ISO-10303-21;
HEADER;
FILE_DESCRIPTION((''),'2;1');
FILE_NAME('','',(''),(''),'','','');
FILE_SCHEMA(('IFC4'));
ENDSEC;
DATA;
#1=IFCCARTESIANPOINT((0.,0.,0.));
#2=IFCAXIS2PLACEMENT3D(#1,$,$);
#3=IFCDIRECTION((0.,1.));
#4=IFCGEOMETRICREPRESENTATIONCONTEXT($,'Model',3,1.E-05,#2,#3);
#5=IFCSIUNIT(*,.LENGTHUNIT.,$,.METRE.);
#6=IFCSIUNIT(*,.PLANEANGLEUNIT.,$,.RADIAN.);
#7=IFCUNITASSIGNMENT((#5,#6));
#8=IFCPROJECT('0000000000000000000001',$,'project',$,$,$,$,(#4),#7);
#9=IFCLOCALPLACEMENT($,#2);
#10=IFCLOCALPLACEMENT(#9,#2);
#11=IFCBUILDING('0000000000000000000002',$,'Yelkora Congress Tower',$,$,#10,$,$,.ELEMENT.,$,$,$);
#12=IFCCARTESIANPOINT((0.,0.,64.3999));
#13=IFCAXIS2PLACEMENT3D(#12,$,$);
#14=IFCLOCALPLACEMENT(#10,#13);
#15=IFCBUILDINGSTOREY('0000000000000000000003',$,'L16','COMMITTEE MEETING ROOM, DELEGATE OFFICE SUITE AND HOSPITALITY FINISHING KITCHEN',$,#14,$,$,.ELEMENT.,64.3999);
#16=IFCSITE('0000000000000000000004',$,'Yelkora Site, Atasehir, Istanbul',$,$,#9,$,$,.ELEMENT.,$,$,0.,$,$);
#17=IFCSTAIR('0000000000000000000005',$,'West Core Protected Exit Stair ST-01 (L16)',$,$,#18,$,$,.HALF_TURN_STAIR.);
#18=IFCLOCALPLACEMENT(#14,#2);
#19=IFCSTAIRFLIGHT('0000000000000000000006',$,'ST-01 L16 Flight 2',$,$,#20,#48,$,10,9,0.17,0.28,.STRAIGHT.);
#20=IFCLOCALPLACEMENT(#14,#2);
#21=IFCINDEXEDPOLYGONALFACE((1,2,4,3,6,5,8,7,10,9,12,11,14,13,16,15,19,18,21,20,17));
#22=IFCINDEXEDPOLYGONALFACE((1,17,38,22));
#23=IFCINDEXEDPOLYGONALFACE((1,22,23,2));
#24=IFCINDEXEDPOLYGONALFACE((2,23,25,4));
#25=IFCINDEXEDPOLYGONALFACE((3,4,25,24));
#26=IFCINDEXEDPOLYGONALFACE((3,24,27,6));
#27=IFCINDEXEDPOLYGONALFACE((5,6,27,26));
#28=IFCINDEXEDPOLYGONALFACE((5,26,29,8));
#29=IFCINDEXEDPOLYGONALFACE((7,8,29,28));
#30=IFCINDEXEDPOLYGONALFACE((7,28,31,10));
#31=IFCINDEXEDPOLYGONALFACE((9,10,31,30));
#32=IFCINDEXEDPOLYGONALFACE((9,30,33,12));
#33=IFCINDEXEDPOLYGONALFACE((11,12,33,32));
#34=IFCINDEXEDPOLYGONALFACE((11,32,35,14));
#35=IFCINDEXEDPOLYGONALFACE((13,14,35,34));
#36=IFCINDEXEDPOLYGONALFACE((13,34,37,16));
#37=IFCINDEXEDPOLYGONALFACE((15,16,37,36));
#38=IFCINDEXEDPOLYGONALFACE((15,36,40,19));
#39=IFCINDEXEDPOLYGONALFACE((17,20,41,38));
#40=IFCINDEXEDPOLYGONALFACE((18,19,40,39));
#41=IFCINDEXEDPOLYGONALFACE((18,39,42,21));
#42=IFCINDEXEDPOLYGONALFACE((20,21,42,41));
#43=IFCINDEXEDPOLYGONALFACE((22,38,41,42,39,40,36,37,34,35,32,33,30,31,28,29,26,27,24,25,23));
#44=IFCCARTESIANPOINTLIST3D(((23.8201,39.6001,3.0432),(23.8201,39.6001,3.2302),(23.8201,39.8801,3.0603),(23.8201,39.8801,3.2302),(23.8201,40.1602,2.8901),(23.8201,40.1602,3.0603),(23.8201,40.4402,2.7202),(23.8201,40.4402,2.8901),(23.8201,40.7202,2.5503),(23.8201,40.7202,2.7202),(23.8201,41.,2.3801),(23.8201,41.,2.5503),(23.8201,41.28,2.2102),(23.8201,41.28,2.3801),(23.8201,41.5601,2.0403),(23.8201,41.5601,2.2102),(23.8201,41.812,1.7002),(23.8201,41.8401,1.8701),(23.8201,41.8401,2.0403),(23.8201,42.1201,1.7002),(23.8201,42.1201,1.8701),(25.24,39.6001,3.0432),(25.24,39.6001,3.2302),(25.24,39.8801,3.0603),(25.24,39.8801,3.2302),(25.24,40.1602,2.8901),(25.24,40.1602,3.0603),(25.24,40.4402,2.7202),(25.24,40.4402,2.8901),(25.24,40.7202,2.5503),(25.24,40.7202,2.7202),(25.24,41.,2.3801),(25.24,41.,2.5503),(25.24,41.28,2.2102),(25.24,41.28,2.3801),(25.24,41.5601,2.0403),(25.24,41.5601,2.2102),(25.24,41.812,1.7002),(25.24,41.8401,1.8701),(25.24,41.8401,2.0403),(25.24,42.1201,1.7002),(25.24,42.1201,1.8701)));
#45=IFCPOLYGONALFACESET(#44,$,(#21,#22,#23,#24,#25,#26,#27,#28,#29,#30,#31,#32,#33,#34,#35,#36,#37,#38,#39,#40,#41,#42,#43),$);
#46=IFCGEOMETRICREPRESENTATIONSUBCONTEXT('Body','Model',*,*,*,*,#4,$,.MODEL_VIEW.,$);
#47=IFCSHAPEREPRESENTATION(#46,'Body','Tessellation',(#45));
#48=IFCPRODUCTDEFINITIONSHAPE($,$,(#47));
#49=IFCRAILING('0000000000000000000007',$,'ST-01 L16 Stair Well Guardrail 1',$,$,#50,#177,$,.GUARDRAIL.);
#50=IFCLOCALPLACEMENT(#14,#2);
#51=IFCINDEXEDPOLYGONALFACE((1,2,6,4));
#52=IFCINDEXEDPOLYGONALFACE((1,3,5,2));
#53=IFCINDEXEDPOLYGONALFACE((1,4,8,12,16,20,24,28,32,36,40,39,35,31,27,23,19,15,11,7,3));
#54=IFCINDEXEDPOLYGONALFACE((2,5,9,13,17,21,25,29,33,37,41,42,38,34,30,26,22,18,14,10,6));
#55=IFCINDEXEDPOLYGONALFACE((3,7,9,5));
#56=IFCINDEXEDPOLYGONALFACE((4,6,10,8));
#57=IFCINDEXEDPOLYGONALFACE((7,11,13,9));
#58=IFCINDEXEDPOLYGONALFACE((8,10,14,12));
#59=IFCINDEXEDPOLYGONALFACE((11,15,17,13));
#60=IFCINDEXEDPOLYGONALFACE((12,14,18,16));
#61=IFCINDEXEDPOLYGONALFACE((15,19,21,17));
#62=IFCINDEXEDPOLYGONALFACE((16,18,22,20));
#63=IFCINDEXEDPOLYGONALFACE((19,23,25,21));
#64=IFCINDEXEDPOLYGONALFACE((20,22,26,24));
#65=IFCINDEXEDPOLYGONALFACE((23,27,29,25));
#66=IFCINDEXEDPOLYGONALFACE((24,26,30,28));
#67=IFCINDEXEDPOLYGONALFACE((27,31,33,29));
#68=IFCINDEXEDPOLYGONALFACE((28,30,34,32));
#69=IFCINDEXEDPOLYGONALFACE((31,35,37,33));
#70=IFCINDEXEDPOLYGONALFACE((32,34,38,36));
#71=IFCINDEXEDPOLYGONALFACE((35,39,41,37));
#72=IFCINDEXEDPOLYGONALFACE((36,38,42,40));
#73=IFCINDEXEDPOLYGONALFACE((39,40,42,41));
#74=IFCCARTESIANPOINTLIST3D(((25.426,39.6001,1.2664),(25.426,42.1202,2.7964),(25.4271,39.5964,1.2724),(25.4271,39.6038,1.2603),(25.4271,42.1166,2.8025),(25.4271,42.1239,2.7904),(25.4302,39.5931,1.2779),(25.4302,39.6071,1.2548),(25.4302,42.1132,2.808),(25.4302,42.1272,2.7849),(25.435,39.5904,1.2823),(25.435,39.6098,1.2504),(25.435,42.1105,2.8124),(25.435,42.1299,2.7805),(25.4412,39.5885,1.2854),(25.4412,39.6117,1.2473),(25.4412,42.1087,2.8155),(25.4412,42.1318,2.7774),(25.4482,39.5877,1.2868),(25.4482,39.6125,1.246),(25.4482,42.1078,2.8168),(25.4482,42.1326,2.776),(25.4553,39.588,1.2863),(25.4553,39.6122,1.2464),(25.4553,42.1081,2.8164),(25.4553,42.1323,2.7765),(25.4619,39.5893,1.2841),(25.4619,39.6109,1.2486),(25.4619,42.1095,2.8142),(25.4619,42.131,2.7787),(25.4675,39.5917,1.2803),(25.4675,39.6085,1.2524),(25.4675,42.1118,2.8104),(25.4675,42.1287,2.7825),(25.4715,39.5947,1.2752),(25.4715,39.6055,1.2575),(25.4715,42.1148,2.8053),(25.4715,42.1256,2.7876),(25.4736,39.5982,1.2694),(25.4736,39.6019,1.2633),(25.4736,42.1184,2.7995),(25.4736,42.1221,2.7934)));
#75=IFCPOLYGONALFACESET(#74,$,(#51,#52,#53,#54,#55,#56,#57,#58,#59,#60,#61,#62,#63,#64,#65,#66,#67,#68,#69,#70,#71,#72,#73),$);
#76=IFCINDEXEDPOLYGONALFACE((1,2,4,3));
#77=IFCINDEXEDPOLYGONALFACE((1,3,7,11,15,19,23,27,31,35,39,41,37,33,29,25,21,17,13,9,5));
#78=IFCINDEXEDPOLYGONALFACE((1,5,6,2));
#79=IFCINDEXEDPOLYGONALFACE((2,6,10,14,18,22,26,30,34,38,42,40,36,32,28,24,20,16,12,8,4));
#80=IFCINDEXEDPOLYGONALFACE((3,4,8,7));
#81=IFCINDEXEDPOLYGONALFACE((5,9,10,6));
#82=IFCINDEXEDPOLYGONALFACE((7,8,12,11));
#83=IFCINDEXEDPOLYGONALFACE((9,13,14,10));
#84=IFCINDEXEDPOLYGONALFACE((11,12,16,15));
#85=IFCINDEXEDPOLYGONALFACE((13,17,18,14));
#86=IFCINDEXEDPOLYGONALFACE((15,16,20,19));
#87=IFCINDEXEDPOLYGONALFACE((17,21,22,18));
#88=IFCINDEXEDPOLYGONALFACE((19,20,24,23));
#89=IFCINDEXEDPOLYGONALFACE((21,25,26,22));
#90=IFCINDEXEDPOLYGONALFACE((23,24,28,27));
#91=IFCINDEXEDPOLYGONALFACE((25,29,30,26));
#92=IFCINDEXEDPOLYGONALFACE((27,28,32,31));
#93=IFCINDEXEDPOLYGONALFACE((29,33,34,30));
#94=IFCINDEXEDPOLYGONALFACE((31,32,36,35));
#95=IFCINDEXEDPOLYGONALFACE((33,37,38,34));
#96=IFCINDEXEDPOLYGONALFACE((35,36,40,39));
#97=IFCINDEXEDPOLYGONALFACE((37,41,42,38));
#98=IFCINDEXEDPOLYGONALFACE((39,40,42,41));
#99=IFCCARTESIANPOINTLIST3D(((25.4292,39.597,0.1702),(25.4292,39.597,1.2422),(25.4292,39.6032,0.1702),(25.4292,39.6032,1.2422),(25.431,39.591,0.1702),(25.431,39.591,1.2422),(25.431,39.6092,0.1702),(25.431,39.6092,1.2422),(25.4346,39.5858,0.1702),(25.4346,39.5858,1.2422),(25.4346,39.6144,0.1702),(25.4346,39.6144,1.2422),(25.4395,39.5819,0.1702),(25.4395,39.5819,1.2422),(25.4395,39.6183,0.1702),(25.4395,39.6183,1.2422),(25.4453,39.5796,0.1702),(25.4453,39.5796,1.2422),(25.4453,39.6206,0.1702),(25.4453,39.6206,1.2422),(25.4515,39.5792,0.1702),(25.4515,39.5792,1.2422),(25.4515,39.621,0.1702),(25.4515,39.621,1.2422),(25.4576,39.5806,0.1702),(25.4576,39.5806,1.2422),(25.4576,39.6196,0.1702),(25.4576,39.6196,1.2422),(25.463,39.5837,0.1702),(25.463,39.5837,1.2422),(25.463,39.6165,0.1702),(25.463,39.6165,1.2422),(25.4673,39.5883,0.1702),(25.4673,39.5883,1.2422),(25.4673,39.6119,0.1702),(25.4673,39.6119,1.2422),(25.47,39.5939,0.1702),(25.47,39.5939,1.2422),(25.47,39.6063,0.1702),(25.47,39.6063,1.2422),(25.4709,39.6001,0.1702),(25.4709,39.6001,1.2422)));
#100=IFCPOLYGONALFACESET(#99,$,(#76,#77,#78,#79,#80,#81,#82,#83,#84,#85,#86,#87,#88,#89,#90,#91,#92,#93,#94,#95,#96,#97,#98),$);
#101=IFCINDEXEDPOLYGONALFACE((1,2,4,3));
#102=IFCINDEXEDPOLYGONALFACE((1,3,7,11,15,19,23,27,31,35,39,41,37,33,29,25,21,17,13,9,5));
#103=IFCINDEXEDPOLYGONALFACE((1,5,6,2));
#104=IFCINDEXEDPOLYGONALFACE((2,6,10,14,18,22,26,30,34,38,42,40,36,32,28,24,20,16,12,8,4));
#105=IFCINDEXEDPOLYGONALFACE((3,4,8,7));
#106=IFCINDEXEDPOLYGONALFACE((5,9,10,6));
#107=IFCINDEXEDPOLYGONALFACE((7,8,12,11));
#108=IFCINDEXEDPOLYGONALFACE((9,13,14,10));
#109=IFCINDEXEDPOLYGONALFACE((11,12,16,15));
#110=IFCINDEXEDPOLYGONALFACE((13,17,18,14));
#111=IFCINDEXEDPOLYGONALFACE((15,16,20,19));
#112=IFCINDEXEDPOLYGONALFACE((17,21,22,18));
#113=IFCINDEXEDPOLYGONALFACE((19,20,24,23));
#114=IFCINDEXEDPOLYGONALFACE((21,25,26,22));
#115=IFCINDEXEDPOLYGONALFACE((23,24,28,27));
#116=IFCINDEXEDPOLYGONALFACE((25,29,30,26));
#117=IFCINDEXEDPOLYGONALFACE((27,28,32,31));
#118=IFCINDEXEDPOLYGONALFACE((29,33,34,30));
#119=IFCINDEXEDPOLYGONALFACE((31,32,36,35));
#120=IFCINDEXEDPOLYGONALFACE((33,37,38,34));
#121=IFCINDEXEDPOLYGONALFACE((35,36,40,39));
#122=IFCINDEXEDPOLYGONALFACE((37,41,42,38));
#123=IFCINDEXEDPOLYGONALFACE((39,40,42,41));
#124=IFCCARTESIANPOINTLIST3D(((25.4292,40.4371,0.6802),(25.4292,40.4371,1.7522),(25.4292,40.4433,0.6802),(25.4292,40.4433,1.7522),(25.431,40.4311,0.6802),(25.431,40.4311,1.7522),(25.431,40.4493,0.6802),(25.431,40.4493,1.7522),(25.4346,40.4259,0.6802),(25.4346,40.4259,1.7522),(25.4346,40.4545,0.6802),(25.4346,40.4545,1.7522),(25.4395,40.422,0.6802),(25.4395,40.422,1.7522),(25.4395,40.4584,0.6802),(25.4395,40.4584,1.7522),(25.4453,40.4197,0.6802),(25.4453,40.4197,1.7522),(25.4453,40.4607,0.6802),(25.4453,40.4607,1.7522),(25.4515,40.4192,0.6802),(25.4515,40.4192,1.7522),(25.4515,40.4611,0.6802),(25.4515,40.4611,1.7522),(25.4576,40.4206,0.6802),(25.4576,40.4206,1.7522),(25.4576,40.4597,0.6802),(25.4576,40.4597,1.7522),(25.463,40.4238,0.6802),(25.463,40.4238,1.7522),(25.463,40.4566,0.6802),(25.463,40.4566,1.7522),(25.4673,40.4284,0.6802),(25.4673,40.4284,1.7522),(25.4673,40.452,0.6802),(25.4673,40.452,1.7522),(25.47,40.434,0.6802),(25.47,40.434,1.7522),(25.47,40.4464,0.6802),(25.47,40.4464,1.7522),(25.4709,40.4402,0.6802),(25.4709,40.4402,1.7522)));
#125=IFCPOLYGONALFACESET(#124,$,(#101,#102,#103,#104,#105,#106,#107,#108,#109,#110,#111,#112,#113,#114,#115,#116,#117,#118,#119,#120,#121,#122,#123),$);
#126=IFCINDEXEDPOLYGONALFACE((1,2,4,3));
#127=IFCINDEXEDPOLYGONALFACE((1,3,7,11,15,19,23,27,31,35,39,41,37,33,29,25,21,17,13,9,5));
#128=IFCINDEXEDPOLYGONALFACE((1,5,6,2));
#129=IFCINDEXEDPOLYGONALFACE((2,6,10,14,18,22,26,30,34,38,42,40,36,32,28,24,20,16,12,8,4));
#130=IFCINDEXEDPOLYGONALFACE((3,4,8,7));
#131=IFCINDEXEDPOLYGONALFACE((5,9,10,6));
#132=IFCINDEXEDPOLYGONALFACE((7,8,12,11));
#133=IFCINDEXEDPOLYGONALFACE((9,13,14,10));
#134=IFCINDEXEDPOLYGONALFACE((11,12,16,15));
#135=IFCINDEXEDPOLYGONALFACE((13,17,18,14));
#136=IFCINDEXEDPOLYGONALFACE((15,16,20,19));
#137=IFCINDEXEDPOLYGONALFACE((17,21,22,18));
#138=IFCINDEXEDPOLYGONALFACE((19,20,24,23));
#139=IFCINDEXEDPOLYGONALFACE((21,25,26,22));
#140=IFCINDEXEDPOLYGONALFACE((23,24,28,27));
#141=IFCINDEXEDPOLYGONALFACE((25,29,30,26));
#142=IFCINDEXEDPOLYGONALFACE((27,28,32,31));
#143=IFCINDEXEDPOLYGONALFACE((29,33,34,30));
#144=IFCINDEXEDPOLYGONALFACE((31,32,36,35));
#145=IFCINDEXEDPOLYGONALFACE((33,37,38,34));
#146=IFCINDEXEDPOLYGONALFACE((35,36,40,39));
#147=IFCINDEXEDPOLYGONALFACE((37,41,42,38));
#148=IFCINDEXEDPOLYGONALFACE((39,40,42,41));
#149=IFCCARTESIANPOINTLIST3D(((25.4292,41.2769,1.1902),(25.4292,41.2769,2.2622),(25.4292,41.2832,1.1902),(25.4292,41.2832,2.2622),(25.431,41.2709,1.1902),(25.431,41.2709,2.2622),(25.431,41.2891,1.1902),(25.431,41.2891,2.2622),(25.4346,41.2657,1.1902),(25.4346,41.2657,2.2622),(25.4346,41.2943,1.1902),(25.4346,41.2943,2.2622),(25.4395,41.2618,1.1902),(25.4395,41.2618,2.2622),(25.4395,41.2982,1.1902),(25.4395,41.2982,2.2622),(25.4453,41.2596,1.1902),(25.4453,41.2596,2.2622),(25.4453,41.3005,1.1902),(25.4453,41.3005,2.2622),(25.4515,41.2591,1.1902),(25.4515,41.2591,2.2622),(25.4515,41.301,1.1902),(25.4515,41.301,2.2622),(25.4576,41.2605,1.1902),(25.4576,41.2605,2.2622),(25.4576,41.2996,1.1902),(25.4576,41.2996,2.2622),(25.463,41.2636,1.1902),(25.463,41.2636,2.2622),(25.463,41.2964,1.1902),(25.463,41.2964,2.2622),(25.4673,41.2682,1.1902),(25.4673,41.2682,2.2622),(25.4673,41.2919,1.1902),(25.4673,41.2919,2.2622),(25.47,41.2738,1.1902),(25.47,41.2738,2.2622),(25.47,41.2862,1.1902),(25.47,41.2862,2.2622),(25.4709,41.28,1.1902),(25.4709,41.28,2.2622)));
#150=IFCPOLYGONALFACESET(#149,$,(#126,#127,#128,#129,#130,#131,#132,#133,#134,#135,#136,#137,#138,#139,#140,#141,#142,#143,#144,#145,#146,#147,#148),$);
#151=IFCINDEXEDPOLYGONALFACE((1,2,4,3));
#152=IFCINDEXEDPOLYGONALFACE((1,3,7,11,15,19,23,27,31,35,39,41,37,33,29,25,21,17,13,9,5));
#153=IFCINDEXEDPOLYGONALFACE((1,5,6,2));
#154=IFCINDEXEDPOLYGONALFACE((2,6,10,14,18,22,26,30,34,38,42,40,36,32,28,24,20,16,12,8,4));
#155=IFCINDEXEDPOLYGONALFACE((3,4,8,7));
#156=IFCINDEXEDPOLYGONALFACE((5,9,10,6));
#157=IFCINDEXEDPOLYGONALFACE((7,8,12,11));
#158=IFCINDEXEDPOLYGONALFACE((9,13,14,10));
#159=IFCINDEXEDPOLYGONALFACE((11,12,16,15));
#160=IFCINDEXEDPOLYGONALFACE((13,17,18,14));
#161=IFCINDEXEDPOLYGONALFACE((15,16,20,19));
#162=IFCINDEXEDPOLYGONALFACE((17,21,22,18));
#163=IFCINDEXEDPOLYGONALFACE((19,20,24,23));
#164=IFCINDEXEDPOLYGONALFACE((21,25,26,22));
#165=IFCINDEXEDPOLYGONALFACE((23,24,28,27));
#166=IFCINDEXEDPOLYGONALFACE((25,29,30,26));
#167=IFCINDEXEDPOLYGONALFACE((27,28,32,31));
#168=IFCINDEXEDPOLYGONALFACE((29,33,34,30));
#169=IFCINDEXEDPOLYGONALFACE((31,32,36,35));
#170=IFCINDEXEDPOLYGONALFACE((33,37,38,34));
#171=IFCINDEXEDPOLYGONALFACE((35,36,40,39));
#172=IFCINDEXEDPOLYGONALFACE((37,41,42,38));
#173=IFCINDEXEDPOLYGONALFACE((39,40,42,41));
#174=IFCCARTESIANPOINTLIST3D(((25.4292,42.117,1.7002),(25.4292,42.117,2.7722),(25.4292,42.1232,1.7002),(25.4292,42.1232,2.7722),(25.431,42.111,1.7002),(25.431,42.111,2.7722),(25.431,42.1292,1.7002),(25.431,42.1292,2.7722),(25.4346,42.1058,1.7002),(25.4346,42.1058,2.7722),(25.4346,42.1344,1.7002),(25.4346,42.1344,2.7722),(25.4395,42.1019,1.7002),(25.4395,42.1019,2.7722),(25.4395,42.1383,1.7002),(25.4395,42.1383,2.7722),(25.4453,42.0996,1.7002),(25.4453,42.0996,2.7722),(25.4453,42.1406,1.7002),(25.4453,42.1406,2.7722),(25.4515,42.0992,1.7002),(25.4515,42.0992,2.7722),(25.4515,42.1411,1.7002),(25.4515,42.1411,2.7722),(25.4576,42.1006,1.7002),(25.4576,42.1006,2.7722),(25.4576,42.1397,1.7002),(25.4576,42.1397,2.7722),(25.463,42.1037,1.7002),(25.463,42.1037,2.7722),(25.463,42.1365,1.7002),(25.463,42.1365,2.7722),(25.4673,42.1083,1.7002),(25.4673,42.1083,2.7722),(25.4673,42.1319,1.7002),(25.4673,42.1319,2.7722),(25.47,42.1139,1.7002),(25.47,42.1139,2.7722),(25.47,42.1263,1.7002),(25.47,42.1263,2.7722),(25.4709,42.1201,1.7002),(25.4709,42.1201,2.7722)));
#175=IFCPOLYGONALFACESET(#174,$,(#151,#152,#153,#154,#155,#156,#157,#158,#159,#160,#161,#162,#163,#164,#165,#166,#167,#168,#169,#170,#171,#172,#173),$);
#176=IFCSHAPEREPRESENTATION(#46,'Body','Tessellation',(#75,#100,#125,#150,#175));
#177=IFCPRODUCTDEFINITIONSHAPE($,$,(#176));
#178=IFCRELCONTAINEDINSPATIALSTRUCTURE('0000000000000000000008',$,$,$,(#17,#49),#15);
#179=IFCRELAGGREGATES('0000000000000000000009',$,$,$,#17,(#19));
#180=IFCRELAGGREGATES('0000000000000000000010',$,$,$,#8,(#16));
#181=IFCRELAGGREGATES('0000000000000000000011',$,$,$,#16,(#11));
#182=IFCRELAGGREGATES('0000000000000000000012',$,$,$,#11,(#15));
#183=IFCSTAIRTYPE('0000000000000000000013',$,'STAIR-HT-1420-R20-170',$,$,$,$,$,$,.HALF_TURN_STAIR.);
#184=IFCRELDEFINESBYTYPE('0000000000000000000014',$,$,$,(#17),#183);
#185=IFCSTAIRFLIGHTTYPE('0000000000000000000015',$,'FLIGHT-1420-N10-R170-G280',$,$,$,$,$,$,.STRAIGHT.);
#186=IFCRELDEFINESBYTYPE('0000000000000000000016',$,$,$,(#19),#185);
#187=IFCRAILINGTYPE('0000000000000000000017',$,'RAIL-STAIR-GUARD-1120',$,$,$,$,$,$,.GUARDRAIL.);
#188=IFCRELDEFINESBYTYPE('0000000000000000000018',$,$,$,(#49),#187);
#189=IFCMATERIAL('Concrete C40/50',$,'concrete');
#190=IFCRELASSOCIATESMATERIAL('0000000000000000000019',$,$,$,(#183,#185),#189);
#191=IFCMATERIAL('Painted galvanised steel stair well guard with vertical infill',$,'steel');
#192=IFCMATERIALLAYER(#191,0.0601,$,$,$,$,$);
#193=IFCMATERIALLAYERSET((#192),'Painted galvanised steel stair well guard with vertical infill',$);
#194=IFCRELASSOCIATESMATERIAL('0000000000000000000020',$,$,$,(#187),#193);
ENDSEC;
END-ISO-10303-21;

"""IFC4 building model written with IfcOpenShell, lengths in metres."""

from ifc_helpers import new_model, si_unit, direction, frame, origin, origin_2d, place, context, subcontext, project, spatial, polyline, circle, outline, extrude, material, layer, layer_set, type_object, element, aggregate, save


model = new_model("IFC4")

# Units and contexts
model_context = context("Model", 3, precision=1e-05, world=origin(), true_north=direction((0.0, 1.0)))
body_context = subcontext(model_context, "Body", "Model", "MODEL_VIEW")
ifc_project = project(units=[si_unit("LENGTHUNIT", "METRE"), si_unit("PLANEANGLEUNIT", "RADIAN")], contexts=[model_context])

# Site, building, storey
site_placement = place(None, origin())
site = spatial("IfcSite", under=ifc_project, at=site_placement, Name="Yelkora Site, Atasehir, Istanbul", CompositionType="ELEMENT", RefElevation=0.0)
building_placement = place(site_placement, origin())
building = spatial("IfcBuilding", under=site, at=building_placement, Name="Yelkora Congress Tower", CompositionType="ELEMENT")
storey_placement = place(building_placement, frame((0.0, 0.0, 64.3999)))
storey = spatial("IfcBuildingStorey", under=building, at=storey_placement, Name="L16", Description="COMMITTEE MEETING ROOM, DELEGATE OFFICE SUITE AND HOSPITALITY FINISHING KITCHEN", CompositionType="ELEMENT", Elevation=64.3999)

# Stair, stair flight
ifc_material_1 = material(Name="Concrete C40/50", Category="concrete")
stair_type = type_object("IfcStairType", Name="STAIR-HT-1420-R20-170", PredefinedType="HALF_TURN_STAIR", material=ifc_material_1)
stair_placement = place(storey_placement, origin())
stair = element("IfcStair", 1, at=stair_placement, inside=storey, type_object=stair_type, Name="West Core Protected Exit Stair ST-01 (L16)", PredefinedType="HALF_TURN_STAIR")
stair_flight_type = type_object("IfcStairFlightType", Name="FLIGHT-1420-N10-R170-G280", PredefinedType="STRAIGHT", material=ifc_material_1)
stair_flight_1_placement = place(storey_placement, frame((24.53, 42.1201, 1.7002), z_axis=(0.0, 0.0, 1.0), x_axis=(0.0, -1.0, 0.0)))
stair_flight_1 = element("IfcStairFlight", 2, at=stair_flight_1_placement, type_object=stair_flight_type, Name="ST-01 L16 Flight 2", NumberOfRisers=10, NumberOfTreads=9, PredefinedType="STRAIGHT", RiserHeight=0.17, TreadLength=0.28, context=body_context, shape_type="SweptSolid", body=[
    extrude(outline(polyline([(0.0, 0.0), (0.0, 0.1699), (0.28, 0.1699), (0.28, 0.3401), (0.5601, 0.3401), (0.5601, 0.51), (0.8401, 0.51), (0.8401, 0.6799), (1.1201, 0.6799), (1.1201, 0.8501), (1.3999, 0.8501), (1.3999, 1.02), (1.6799, 1.02), (1.6799, 1.1899), (1.96, 1.1899), (1.96, 1.3601), (2.24, 1.3601), (2.24, 1.53), (2.52, 1.53), (2.52, 1.7), (2.52, 1.343), (0.3081, 0.0), (0.0, 0.0)])), frame((0.0, 0.71, 0.0), z_axis=(0.0, -1.0, 0.0), x_axis=(1.0, 0.0, 0.0)), (0.0, 0.0, 1.0), 1.4199),
])
aggregate(stair, [stair_flight_1])

# Railing
ifc_material_2 = material(Name="Painted galvanised steel stair well guard with vertical infill", Category="steel")
ifc_layer_1 = layer(ifc_material_2, 0.0601)
ifc_layer_set_1 = layer_set([ifc_layer_1], Name="Painted galvanised steel stair well guard with vertical infill")
railing_type_1 = type_object("IfcRailingType", Name="RAIL-STAIR-GUARD-1120", PredefinedType="GUARDRAIL", material=ifc_layer_set_1)
railing_1_placement = place(storey_placement, frame((25.45, 39.6001, 0.1702)))
element("IfcRailing", 3, at=railing_1_placement, inside=storey, type_object=railing_type_1, Name="ST-01 L16 Stair Well Guardrail 1", PredefinedType="GUARDRAIL", context=body_context, shape_type="SweptSolid", body=[
    extrude(circle(Radius=0.0239, at=origin_2d()), frame((0.0, 0.0, 1.0962), z_axis=(0.0, 0.854785, 0.518982), x_axis=(-1.0, 0.0, 0.0)), (0.0, 0.0, 1.0), 2.9482),
    extrude(circle(Radius=0.021, at=origin_2d()), origin(), (0.0, 0.0, 1.0), 1.072),
    extrude(circle(Radius=0.021, at=origin_2d()), frame((0.0, 0.8401, 0.51)), (0.0, 0.0, 1.0), 1.072),
    extrude(circle(Radius=0.021, at=origin_2d()), frame((0.0, 1.6799, 1.02)), (0.0, 0.0, 1.0), 1.072),
    extrude(circle(Radius=0.021, at=origin_2d()), frame((0.0, 2.52, 1.53)), (0.0, 0.0, 1.0), 1.072),
])

save(model, "model.ifc")
